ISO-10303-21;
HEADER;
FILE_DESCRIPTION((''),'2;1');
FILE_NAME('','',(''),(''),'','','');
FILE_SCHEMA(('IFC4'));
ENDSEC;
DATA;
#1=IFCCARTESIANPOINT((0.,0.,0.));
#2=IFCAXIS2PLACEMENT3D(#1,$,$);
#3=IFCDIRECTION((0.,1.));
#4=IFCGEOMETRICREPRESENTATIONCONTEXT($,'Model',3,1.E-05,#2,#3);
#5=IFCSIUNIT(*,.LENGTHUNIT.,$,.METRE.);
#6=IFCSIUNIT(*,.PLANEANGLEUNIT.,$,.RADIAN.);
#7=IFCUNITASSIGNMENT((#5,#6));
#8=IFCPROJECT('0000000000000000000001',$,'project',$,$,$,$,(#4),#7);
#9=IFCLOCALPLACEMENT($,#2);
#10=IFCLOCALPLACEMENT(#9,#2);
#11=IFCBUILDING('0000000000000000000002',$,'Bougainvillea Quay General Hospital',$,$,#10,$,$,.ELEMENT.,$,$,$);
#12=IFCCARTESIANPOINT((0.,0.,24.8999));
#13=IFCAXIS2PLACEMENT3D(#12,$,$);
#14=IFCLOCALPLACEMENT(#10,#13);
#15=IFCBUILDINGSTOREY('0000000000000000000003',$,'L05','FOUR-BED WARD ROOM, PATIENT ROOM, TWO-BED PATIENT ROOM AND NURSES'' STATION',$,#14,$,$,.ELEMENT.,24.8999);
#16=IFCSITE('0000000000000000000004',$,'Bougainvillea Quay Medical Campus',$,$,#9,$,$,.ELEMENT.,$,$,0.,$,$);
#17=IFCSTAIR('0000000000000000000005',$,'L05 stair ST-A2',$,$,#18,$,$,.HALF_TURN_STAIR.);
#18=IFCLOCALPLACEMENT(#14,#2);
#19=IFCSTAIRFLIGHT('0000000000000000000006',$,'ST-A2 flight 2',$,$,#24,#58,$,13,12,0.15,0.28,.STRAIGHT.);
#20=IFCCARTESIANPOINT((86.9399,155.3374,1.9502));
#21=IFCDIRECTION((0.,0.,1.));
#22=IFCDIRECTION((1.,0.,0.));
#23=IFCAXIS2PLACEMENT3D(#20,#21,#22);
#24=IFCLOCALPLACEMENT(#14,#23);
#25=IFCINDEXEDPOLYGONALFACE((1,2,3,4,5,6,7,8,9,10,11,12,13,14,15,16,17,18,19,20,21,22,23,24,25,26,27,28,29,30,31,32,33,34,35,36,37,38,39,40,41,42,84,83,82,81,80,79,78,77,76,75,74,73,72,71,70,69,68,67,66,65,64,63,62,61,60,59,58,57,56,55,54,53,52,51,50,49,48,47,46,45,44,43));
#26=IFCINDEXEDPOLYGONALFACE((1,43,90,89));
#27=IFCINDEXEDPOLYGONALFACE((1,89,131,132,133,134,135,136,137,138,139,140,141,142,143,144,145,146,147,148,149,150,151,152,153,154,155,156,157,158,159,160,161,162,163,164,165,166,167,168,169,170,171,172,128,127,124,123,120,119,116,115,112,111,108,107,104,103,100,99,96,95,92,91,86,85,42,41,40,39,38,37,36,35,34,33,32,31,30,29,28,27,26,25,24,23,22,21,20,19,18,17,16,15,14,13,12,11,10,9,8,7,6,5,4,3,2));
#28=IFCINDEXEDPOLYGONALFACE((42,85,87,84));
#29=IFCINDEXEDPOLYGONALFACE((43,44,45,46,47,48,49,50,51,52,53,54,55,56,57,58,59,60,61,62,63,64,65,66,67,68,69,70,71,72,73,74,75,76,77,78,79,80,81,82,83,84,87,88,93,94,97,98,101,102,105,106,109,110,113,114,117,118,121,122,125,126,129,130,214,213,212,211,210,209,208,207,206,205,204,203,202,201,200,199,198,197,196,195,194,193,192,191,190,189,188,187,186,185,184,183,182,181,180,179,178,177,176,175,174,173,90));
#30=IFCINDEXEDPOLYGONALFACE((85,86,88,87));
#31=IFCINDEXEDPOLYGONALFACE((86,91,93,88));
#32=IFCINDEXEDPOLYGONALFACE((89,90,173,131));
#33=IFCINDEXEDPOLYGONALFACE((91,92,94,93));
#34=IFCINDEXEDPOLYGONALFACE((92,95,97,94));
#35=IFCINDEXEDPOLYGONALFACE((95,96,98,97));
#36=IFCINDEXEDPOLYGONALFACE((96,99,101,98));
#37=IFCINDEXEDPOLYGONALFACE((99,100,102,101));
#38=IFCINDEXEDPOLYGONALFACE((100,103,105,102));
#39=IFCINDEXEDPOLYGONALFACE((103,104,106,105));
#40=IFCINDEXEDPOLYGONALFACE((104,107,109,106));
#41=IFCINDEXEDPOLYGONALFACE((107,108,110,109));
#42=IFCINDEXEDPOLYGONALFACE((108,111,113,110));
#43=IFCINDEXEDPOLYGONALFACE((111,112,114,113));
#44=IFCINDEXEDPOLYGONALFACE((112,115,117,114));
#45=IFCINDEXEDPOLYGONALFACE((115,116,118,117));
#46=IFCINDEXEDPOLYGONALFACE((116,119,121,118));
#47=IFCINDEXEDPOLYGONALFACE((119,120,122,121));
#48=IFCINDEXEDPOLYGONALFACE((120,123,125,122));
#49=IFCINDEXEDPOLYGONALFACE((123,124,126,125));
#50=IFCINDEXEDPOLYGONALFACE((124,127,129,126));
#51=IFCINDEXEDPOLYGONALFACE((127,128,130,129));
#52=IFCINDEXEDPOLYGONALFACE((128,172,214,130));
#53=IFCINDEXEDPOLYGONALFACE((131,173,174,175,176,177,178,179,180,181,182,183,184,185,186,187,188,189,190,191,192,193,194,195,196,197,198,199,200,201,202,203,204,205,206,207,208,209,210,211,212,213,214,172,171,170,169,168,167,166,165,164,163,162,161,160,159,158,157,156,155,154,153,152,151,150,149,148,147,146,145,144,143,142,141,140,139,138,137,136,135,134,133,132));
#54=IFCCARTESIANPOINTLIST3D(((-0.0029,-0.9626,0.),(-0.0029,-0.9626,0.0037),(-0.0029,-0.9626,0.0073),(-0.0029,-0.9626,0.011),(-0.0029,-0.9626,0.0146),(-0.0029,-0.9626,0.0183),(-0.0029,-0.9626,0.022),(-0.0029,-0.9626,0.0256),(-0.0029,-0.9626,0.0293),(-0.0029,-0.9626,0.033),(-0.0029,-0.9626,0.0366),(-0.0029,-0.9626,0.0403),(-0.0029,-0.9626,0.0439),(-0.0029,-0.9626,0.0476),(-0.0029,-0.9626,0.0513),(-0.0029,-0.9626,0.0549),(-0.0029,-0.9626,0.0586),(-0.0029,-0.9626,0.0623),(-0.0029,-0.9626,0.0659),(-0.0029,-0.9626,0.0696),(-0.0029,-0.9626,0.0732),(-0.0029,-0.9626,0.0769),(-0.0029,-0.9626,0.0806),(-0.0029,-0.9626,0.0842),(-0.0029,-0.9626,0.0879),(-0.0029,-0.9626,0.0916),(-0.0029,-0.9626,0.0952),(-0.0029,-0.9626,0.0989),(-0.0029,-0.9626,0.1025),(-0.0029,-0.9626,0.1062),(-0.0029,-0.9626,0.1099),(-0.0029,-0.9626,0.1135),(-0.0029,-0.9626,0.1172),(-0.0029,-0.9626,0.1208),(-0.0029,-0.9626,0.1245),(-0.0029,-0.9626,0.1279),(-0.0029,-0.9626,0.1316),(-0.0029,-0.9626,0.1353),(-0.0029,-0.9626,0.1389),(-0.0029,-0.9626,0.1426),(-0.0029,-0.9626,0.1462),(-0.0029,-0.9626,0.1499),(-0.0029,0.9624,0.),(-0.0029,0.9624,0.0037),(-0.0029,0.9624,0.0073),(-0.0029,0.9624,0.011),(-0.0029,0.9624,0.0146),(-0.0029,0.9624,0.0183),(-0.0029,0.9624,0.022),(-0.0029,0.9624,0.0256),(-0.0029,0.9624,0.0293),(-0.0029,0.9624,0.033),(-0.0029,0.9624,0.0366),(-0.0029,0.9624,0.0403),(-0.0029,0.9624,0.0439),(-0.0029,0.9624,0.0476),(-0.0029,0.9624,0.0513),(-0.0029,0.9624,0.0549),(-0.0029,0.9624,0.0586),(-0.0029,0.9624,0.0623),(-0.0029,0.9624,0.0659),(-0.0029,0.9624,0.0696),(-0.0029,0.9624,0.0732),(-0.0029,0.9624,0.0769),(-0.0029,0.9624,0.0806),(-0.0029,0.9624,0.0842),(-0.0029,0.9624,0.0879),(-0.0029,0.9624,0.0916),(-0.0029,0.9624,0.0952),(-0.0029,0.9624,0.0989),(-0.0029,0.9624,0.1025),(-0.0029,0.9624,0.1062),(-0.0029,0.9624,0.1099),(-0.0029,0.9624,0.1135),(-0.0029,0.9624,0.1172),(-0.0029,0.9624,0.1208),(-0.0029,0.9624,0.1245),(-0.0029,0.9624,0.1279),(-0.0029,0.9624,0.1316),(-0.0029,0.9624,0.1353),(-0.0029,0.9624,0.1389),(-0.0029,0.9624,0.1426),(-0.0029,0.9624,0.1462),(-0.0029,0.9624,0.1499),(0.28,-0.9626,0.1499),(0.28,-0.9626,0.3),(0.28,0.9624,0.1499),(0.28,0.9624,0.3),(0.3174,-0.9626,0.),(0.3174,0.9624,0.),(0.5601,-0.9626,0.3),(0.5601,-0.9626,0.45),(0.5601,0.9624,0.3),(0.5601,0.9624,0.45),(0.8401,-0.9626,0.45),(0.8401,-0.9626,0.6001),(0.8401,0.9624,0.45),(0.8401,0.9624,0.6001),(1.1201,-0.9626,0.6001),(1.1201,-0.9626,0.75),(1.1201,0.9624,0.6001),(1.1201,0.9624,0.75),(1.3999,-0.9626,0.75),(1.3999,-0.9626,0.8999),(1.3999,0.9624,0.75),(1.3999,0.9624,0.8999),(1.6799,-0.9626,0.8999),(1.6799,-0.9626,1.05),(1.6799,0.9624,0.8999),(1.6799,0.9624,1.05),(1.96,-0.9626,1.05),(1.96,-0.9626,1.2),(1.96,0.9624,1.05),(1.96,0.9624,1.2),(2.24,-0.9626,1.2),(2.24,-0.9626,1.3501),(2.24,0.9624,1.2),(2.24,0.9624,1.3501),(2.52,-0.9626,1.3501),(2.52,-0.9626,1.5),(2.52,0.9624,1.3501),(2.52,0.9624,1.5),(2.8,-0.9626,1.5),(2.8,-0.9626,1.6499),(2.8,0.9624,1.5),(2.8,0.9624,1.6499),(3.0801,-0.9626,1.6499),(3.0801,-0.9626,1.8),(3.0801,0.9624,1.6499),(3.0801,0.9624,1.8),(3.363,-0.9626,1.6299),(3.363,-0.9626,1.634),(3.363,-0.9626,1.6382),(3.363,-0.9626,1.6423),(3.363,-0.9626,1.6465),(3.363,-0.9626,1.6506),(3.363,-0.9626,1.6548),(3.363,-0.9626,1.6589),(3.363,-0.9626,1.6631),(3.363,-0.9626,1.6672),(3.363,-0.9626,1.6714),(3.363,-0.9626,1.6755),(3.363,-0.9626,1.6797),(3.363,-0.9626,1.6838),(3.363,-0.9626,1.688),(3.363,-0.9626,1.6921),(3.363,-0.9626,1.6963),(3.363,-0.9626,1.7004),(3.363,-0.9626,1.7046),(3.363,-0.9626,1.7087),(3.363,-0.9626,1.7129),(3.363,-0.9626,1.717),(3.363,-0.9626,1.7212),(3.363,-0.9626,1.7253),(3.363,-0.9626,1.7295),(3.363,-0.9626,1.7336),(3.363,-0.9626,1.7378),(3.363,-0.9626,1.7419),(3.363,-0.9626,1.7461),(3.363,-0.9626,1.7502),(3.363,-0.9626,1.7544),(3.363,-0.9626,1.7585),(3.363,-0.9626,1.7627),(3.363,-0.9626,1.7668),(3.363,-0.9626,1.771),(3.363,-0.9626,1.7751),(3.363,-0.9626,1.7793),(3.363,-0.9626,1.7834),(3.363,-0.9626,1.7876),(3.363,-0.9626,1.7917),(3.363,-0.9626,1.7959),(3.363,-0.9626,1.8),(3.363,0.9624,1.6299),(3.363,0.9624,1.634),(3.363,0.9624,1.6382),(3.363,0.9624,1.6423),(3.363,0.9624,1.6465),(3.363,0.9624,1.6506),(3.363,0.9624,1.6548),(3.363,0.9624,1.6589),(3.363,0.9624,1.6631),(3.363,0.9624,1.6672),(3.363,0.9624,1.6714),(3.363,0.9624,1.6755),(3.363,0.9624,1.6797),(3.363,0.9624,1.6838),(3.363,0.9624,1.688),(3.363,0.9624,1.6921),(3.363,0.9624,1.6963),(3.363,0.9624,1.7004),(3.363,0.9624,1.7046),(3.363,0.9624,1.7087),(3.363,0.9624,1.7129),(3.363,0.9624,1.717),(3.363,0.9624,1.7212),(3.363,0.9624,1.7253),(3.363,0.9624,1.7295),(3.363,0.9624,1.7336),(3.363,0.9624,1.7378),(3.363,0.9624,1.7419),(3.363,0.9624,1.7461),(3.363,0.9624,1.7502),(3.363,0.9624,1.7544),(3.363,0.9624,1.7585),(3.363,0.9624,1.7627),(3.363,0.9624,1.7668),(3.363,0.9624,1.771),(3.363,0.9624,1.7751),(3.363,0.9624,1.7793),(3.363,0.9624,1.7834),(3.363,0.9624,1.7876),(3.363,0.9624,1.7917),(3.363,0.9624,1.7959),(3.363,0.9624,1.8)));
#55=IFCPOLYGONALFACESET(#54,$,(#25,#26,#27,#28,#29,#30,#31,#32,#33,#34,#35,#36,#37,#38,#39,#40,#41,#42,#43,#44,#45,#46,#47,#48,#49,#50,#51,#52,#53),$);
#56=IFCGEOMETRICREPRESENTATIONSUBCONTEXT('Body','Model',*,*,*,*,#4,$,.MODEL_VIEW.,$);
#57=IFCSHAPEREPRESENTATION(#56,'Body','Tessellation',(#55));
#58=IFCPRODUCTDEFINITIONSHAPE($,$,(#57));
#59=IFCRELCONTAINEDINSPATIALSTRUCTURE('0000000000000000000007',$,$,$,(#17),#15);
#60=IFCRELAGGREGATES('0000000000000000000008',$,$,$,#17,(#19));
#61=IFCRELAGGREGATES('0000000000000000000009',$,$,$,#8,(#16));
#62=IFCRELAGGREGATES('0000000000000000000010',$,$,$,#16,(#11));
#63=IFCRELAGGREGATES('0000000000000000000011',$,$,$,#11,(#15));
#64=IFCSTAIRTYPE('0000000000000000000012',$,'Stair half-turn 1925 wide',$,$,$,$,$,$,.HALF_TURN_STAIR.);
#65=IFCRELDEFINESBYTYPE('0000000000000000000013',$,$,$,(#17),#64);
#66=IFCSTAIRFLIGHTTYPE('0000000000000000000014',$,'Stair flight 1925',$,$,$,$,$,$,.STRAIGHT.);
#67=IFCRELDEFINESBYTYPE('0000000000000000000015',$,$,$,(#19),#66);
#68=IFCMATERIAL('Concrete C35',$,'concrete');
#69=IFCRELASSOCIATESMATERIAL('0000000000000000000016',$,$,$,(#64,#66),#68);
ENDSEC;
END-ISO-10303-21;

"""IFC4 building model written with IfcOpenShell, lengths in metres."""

from ifc_helpers import new_model, si_unit, direction, frame, origin, place, context, subcontext, project, spatial, polyline, outline, extrude, material, type_object, element, aggregate, save


model = new_model("IFC4")

# Units and contexts
model_context = context("Model", 3, precision=1e-05, world=origin(), true_north=direction((0.0, 1.0)))
body_context = subcontext(model_context, "Body", "Model", "MODEL_VIEW")
ifc_project = project(units=[si_unit("LENGTHUNIT", "METRE"), si_unit("PLANEANGLEUNIT", "RADIAN")], contexts=[model_context])

# Site, building, storey
site_placement = place(None, origin())
site = spatial("IfcSite", under=ifc_project, at=site_placement, Name="Bougainvillea Quay Medical Campus", CompositionType="ELEMENT", RefElevation=0.0)
building_placement = place(site_placement, origin())
building = spatial("IfcBuilding", under=site, at=building_placement, Name="Bougainvillea Quay General Hospital", CompositionType="ELEMENT")
storey_placement = place(building_placement, frame((0.0, 0.0, 24.8999)))
storey = spatial("IfcBuildingStorey", under=building, at=storey_placement, Name="L05", Description="FOUR-BED WARD ROOM, PATIENT ROOM, TWO-BED PATIENT ROOM AND NURSES' STATION", CompositionType="ELEMENT", Elevation=24.8999)

# Stair, stair flight
ifc_material_1 = material(Name="Concrete C35", Category="concrete")
stair_type = type_object("IfcStairType", Name="Stair half-turn 1925 wide", PredefinedType="HALF_TURN_STAIR", material=ifc_material_1)
stair_placement = place(storey_placement, origin())
stair = element("IfcStair", 1, at=stair_placement, inside=storey, type_object=stair_type, Name="L05 stair ST-A2", PredefinedType="HALF_TURN_STAIR")
stair_flight_type = type_object("IfcStairFlightType", Name="Stair flight 1925", PredefinedType="STRAIGHT", material=ifc_material_1)
stair_flight_placement = place(storey_placement, frame((86.9399, 155.3374, 1.9502), z_axis=(0.0, 0.0, 1.0), x_axis=(1.0, 0.0, 0.0)))
stair_flight = element("IfcStairFlight", 2, at=stair_flight_placement, type_object=stair_flight_type, Name="ST-A2 flight 2", NumberOfRisers=13, NumberOfTreads=12, PredefinedType="STRAIGHT", RiserHeight=0.15, TreadLength=0.28, context=body_context, shape_type="SweptSolid", body=[
    extrude(outline(polyline([(-0.0029, 0.0), (-0.0029, 0.0037), (-0.0029, 0.0073), (-0.0029, 0.011), (-0.0029, 0.0146), (-0.0029, 0.0183), (-0.0029, 0.022), (-0.0029, 0.0256), (-0.0029, 0.0293), (-0.0029, 0.033), (-0.0029, 0.0366), (-0.0029, 0.0403), (-0.0029, 0.0439), (-0.0029, 0.0476), (-0.0029, 0.0513), (-0.0029, 0.0549), (-0.0029, 0.0586), (-0.0029, 0.0623), (-0.0029, 0.0659), (-0.0029, 0.0696), (-0.0029, 0.0732), (-0.0029, 0.0769), (-0.0029, 0.0806), (-0.0029, 0.0842), (-0.0029, 0.0879), (-0.0029, 0.0916), (-0.0029, 0.0952), (-0.0029, 0.0989), (-0.0029, 0.1025), (-0.0029, 0.1062), (-0.0029, 0.1099), (-0.0029, 0.1135), (-0.0029, 0.1172), (-0.0029, 0.1208), (-0.0029, 0.1245), (-0.0029, 0.1279), (-0.0029, 0.1316), (-0.0029, 0.1353), (-0.0029, 0.1389), (-0.0029, 0.1426), (-0.0029, 0.1462), (-0.0029, 0.1499), (0.28, 0.1499), (0.28, 0.3), (0.5601, 0.3), (0.5601, 0.45), (0.8401, 0.45), (0.8401, 0.6001), (1.1201, 0.6001), (1.1201, 0.75), (1.3999, 0.75), (1.3999, 0.8999), (1.6799, 0.8999), (1.6799, 1.05), (1.96, 1.05), (1.96, 1.2), (2.24, 1.2), (2.24, 1.3501), (2.52, 1.3501), (2.52, 1.5), (2.8, 1.5), (2.8, 1.6499), (3.0801, 1.6499), (3.0801, 1.8), (3.363, 1.8), (3.363, 1.7959), (3.363, 1.7917), (3.363, 1.7876), (3.363, 1.7834), (3.363, 1.7793), (3.363, 1.7751), (3.363, 1.771), (3.363, 1.7668), (3.363, 1.7627), (3.363, 1.7585), (3.363, 1.7544), (3.363, 1.7502), (3.363, 1.7461), (3.363, 1.7419), (3.363, 1.7378), (3.363, 1.7336), (3.363, 1.7295), (3.363, 1.7253), (3.363, 1.7212), (3.363, 1.717), (3.363, 1.7129), (3.363, 1.7087), (3.363, 1.7046), (3.363, 1.7004), (3.363, 1.6963), (3.363, 1.6921), (3.363, 1.688), (3.363, 1.6838), (3.363, 1.6797), (3.363, 1.6755), (3.363, 1.6714), (3.363, 1.6672), (3.363, 1.6631), (3.363, 1.6589), (3.363, 1.6548), (3.363, 1.6506), (3.363, 1.6465), (3.363, 1.6423), (3.363, 1.6382), (3.363, 1.634), (3.363, 1.6299), (0.3174, 0.0), (-0.0029, 0.0)])), frame((0.0, 0.9624, 0.0), z_axis=(0.0, -1.0, 0.0), x_axis=(1.0, 0.0, 0.0)), (0.0, 0.0, 1.0), 1.925),
])
aggregate(stair, [stair_flight])

save(model, "model.ifc")
